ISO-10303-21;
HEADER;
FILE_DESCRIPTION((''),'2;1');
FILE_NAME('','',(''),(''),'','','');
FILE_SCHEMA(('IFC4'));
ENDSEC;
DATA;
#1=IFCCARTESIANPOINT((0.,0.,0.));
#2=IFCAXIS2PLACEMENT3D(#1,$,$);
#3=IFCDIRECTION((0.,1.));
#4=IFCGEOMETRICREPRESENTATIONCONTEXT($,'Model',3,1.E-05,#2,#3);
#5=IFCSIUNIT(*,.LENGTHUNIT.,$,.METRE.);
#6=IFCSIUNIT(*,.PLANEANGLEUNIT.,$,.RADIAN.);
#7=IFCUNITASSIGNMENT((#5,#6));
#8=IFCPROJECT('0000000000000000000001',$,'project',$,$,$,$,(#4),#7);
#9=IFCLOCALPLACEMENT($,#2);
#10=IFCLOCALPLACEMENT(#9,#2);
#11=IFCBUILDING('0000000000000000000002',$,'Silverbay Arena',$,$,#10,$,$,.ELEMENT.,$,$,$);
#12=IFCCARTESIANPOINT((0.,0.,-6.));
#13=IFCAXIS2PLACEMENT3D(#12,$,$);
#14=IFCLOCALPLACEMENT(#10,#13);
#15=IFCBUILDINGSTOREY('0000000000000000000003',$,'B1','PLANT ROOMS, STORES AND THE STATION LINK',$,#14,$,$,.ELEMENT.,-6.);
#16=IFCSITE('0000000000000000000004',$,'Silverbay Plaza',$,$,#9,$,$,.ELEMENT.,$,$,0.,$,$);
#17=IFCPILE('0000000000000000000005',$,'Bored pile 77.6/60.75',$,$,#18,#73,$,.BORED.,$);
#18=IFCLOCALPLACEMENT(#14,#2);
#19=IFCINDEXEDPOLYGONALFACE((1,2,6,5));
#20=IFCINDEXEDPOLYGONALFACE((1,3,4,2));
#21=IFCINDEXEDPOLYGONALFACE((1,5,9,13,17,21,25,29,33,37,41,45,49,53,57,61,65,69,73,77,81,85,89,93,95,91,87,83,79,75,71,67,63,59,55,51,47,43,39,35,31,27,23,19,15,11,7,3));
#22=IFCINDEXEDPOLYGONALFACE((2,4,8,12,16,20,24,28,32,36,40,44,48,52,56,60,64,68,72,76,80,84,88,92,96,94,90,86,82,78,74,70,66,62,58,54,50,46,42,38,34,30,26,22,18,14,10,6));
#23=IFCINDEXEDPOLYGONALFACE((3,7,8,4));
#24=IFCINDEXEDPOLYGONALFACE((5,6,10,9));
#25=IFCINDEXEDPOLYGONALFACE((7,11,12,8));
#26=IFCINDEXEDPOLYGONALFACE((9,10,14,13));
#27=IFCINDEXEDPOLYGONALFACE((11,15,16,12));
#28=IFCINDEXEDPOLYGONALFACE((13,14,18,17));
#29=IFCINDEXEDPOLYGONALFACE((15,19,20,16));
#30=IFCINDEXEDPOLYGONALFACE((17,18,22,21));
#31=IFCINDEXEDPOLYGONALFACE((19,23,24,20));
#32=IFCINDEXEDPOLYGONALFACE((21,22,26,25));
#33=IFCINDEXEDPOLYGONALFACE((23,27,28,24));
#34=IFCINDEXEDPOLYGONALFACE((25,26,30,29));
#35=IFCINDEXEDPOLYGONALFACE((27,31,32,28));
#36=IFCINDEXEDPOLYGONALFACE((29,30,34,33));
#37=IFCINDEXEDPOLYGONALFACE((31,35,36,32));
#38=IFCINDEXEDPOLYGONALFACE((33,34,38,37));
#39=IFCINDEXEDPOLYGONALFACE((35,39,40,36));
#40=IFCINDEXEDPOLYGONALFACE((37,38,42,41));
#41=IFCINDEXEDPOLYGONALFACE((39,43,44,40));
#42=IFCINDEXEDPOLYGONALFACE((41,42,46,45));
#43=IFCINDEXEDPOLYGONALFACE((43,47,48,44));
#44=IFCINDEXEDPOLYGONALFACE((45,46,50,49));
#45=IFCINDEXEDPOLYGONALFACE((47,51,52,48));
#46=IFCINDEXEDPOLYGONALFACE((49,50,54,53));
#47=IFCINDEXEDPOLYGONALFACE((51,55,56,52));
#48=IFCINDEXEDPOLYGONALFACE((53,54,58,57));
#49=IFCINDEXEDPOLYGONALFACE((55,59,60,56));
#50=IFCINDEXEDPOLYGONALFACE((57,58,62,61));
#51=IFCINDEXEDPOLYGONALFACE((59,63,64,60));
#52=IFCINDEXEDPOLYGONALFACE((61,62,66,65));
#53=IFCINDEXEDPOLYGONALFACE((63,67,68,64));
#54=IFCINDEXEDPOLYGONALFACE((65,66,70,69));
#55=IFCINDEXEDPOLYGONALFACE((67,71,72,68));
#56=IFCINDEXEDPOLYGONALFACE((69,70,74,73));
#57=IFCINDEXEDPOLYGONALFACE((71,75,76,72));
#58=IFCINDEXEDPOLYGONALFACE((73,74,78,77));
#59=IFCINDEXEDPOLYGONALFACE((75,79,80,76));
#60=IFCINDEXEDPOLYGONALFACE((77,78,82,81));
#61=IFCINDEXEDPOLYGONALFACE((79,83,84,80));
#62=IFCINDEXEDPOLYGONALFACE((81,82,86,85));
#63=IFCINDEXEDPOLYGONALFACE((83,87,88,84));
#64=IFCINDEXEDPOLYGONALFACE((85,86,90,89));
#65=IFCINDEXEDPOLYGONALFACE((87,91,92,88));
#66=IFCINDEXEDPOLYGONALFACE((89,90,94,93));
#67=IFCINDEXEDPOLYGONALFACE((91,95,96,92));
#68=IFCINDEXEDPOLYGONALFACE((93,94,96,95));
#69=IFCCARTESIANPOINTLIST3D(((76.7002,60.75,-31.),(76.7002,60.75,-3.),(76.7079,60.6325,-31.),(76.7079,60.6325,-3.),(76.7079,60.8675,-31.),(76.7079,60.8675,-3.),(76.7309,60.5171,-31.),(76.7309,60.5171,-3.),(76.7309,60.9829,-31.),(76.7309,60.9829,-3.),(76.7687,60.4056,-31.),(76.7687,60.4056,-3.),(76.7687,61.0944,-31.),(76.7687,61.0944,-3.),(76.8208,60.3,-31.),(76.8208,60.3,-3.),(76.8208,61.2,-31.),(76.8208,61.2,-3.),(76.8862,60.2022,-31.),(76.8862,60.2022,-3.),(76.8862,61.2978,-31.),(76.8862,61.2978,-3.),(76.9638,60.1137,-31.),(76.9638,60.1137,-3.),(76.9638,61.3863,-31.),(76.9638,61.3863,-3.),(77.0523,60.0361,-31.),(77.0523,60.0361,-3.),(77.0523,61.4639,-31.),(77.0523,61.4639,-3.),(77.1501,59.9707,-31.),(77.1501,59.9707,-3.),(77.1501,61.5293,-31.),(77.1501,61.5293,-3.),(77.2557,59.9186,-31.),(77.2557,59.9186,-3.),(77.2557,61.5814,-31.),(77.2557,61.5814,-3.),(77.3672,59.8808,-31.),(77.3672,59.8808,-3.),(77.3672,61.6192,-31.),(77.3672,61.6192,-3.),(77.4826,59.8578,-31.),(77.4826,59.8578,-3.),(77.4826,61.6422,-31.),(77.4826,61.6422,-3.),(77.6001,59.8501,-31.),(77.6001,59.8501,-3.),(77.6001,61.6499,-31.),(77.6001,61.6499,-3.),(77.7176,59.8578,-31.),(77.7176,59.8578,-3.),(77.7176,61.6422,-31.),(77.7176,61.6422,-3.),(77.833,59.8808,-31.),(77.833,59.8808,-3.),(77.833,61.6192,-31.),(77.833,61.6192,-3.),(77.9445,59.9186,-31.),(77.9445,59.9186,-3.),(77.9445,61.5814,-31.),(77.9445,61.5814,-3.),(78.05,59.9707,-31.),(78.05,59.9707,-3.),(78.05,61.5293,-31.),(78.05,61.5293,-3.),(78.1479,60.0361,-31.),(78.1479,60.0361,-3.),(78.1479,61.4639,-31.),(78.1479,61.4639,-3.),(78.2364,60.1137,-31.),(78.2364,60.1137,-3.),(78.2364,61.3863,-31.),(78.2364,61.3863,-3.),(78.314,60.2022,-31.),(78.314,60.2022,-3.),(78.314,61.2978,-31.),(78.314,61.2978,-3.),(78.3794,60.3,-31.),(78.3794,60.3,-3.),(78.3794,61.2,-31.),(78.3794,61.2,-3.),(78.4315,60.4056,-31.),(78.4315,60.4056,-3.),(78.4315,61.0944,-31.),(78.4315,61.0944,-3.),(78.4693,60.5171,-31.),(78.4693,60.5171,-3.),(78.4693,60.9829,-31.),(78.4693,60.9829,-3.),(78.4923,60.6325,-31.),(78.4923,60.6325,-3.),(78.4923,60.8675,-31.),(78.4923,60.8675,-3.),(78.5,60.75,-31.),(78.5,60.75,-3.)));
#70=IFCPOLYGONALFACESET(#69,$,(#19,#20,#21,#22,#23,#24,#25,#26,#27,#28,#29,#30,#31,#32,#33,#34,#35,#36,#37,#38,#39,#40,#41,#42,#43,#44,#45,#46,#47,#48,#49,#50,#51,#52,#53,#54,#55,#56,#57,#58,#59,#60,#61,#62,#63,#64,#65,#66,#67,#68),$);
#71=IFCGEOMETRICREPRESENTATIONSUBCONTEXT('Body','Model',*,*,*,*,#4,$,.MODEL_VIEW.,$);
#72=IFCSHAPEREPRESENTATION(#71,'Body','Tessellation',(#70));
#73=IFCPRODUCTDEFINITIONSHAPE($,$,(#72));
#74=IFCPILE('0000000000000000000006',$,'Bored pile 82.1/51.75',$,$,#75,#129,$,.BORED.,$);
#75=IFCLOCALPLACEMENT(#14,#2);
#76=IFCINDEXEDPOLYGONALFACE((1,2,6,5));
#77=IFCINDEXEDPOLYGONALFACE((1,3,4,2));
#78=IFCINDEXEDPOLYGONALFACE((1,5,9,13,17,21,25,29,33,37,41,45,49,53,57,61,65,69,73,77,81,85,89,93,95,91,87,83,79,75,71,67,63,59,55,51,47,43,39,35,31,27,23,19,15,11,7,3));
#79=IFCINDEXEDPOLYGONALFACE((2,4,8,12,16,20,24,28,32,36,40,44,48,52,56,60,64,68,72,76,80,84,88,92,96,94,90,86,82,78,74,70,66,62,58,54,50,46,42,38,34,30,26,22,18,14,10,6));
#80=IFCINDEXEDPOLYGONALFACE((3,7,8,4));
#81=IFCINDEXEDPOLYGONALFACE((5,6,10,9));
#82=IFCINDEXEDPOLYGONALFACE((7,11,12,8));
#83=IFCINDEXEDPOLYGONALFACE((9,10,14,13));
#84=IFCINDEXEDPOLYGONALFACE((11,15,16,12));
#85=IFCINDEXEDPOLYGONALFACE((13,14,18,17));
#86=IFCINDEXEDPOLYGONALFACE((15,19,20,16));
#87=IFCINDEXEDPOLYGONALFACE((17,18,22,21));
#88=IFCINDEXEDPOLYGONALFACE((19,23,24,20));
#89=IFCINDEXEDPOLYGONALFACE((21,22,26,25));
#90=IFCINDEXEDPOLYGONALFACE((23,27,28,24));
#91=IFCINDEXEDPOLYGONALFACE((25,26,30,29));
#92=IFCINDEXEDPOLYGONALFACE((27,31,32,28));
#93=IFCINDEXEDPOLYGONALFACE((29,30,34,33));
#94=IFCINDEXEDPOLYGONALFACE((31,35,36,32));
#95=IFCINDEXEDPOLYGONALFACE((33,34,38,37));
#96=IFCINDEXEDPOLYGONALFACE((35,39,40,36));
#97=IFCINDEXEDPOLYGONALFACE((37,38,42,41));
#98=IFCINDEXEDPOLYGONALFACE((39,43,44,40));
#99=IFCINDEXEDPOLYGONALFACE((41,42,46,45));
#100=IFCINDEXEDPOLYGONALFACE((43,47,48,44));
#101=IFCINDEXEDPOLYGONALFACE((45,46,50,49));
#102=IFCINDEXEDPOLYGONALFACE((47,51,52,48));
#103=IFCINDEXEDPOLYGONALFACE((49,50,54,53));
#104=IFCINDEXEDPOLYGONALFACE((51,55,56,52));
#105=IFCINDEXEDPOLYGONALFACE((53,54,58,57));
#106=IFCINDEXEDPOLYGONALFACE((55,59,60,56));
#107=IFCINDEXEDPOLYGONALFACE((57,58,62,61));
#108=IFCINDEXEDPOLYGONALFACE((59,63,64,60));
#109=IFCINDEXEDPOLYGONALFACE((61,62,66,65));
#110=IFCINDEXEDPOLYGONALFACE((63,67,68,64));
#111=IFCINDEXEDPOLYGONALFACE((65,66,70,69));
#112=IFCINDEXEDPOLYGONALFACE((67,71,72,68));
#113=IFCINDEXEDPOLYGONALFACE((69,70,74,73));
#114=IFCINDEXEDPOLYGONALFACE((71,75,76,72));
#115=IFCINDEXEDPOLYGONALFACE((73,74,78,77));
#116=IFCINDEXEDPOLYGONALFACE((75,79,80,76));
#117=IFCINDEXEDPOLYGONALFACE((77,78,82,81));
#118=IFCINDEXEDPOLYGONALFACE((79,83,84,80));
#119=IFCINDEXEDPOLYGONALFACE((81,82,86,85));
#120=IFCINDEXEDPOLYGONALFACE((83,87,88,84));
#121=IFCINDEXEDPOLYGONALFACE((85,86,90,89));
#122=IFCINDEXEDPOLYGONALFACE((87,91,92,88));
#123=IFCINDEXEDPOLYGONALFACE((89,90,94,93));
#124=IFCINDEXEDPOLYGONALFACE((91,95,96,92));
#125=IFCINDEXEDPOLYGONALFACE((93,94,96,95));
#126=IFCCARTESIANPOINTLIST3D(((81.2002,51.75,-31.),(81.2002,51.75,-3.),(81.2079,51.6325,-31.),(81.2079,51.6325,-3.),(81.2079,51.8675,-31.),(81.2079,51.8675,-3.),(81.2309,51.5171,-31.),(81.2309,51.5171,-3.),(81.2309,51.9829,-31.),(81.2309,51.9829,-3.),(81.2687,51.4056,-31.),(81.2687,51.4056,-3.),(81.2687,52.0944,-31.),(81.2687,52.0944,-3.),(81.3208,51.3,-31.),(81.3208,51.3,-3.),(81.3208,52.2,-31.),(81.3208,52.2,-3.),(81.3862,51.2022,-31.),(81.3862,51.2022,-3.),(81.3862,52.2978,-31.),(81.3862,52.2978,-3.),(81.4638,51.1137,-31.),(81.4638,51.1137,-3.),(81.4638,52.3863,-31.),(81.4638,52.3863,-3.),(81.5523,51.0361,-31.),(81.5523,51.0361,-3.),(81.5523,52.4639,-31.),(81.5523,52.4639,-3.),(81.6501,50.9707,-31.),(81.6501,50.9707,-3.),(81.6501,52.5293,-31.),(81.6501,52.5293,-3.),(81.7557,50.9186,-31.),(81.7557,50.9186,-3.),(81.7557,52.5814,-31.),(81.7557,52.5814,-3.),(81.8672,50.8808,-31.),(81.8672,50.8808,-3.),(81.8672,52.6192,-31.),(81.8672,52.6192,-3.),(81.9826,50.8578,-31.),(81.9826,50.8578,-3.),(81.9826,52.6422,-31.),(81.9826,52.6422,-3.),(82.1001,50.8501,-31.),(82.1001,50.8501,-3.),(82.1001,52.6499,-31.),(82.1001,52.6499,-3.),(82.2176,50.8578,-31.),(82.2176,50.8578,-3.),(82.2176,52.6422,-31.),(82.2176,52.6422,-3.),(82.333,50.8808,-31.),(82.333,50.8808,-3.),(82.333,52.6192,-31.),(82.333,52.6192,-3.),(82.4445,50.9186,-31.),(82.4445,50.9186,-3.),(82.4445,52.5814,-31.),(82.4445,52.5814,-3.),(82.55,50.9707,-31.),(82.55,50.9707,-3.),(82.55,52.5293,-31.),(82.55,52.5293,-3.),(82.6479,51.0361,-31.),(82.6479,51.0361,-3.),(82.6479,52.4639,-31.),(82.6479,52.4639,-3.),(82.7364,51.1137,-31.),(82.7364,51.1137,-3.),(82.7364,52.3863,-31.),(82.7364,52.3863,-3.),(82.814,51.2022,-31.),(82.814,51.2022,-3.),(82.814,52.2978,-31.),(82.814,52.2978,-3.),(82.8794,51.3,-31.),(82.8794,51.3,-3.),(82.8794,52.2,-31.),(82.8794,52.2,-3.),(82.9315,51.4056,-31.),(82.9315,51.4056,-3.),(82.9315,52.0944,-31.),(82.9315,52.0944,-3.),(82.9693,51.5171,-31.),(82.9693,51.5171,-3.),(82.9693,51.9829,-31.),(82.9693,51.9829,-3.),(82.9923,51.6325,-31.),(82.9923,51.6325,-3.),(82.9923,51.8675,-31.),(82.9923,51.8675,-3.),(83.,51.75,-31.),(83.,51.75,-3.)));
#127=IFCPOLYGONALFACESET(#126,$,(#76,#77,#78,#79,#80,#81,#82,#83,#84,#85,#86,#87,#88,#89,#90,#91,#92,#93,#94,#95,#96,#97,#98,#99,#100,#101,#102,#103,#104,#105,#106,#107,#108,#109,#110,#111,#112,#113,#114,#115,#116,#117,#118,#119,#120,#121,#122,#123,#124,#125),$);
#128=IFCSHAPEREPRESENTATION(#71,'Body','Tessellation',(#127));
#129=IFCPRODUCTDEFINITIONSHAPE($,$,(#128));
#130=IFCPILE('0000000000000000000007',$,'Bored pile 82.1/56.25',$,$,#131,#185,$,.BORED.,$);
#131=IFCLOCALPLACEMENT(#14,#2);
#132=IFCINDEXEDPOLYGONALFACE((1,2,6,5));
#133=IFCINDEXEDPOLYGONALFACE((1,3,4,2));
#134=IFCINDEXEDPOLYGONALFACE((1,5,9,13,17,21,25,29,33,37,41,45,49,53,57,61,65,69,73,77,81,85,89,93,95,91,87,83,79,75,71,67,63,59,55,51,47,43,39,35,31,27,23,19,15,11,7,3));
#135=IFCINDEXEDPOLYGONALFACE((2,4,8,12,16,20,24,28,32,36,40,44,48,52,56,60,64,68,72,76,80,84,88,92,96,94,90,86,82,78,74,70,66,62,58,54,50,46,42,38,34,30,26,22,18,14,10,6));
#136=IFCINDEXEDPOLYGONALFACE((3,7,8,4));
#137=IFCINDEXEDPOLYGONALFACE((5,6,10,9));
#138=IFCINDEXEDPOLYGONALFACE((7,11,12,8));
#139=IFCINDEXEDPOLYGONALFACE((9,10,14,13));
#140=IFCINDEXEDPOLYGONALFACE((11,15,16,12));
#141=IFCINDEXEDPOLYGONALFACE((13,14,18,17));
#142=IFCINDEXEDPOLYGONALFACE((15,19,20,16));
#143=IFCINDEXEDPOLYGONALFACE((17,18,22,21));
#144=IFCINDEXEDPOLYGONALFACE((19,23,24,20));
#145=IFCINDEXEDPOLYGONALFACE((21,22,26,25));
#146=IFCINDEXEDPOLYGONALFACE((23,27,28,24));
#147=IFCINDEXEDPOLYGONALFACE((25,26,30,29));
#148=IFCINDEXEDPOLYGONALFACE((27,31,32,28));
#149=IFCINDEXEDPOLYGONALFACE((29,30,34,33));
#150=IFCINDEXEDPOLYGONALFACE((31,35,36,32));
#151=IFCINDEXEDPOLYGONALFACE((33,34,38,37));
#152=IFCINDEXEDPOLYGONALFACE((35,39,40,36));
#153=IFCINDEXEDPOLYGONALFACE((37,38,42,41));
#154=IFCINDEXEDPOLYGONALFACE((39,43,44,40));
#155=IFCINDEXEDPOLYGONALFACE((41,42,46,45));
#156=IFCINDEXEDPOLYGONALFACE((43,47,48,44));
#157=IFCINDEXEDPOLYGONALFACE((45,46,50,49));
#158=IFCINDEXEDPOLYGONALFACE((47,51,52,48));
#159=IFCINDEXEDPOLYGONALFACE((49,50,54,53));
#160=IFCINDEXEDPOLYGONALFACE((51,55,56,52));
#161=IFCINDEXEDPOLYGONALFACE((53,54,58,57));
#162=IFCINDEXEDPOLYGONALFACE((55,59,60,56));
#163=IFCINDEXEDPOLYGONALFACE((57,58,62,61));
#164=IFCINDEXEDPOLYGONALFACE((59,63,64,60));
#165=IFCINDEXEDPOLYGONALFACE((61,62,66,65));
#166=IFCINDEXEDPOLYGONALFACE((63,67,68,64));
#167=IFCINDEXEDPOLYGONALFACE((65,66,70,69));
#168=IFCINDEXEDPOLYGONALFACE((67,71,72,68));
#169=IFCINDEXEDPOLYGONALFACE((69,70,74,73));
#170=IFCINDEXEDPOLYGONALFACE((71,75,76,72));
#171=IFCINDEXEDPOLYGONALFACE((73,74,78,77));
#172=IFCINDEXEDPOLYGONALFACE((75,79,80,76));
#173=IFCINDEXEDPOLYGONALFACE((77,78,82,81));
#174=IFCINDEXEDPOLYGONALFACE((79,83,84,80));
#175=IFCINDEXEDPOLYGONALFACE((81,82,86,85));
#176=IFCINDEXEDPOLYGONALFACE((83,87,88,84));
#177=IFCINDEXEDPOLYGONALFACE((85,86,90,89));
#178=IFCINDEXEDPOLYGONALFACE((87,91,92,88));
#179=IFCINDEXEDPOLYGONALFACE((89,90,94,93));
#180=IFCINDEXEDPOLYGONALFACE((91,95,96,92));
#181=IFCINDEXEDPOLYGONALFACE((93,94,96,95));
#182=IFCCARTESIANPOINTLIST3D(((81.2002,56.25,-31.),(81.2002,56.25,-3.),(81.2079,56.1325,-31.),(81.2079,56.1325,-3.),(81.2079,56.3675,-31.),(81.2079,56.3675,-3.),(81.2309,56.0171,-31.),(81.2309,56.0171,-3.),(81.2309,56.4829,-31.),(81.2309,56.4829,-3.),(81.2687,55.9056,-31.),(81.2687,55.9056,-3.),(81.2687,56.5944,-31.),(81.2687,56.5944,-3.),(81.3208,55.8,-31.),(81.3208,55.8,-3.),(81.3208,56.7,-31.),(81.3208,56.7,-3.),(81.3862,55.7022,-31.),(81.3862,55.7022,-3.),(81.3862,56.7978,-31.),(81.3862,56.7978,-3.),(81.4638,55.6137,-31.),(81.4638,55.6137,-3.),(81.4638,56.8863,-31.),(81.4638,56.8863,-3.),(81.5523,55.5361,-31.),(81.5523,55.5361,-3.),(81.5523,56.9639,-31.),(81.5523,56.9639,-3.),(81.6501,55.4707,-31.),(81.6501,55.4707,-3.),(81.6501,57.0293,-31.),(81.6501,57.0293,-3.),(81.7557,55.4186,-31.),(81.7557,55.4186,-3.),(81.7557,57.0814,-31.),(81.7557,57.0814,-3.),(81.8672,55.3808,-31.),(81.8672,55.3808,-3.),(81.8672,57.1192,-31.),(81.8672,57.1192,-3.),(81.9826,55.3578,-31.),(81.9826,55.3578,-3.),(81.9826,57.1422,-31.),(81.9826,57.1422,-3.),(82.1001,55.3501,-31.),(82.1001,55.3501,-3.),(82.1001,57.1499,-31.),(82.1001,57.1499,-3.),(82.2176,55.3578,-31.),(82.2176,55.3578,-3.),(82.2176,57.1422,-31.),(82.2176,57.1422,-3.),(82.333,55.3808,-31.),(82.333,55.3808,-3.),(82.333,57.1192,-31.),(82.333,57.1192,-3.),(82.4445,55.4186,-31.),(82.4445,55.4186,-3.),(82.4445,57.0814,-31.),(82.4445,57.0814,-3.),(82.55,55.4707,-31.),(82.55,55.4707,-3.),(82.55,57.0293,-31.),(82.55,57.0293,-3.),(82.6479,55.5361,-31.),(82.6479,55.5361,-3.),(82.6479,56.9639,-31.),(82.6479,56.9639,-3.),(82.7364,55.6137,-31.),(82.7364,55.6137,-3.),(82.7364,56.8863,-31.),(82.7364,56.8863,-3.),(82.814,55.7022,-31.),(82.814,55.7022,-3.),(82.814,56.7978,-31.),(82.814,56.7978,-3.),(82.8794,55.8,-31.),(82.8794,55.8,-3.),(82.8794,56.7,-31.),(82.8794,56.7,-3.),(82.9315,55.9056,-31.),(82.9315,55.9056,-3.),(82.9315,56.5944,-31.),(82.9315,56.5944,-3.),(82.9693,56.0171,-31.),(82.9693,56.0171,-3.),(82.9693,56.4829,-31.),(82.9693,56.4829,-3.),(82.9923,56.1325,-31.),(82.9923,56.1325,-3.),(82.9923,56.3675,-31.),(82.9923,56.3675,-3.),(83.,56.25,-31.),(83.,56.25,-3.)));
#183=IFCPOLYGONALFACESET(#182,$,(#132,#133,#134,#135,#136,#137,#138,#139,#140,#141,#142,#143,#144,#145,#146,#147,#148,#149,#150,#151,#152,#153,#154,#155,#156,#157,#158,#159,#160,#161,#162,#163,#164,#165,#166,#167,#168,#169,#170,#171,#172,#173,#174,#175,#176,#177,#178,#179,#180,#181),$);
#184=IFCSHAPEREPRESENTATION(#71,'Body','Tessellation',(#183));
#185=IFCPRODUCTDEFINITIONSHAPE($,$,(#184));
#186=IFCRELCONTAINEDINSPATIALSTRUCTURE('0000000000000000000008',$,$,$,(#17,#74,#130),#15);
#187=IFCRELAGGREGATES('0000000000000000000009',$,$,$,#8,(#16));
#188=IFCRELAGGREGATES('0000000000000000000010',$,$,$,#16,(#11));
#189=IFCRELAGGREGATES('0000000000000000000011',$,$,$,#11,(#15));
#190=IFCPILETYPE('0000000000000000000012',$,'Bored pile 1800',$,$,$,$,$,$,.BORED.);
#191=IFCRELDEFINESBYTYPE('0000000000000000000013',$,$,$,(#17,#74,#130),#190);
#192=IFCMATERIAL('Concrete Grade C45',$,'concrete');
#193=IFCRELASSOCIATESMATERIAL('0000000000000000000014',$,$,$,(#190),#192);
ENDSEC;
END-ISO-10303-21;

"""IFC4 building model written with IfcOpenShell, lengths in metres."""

from ifc_helpers import new_model, si_unit, direction, frame, origin, origin_2d, place, context, subcontext, project, spatial, circle, extrude, material, material_profile, profile_set, type_object, element, save


model = new_model("IFC4")

# Units and contexts
model_context = context("Model", 3, precision=1e-05, world=origin(), true_north=direction((0.0, 1.0)))
body_context = subcontext(model_context, "Body", "Model", "MODEL_VIEW")
ifc_project = project(units=[si_unit("LENGTHUNIT", "METRE"), si_unit("PLANEANGLEUNIT", "RADIAN")], contexts=[model_context])

# Site, building, storey
site_placement = place(None, origin())
site = spatial("IfcSite", under=ifc_project, at=site_placement, Name="Silverbay Plaza", CompositionType="ELEMENT", RefElevation=0.0)
building_placement = place(site_placement, origin())
building = spatial("IfcBuilding", under=site, at=building_placement, Name="Silverbay Arena", CompositionType="ELEMENT")
storey_placement = place(building_placement, frame((0.0, 0.0, -6.0)))
storey = spatial("IfcBuildingStorey", under=building, at=storey_placement, Name="B1", Description="PLANT ROOMS, STORES AND THE STATION LINK", CompositionType="ELEMENT", Elevation=-6.0)

# Piles
ifc_material_1 = material(Name="Concrete Grade C45", Category="concrete")
ifc_material_profile_1 = material_profile(ifc_material_1, circle(Radius=0.8999, at=origin_2d()), Name="Bored pile 1800")
ifc_profile_set_1 = profile_set([ifc_material_profile_1], Name="Concrete Grade C45")
pile_type_1 = type_object("IfcPileType", Name="Bored pile 1800", PredefinedType="BORED", material=ifc_profile_set_1)
for number, where, z_axis, x_axis, name in (
    (1, (77.6001, 60.75, -3.0), (0.0, 0.0, -1.0), (1.0, 0.0, 0.0), "Bored pile 77.6/60.75"),
    (2, (82.1001, 51.75, -3.0), (0.0, 0.0, -1.0), (1.0, 0.0, 0.0), "Bored pile 82.1/51.75"),
    (3, (82.1001, 56.25, -3.0), (0.0, 0.0, -1.0), (1.0, 0.0, 0.0), "Bored pile 82.1/56.25"),
):
    element("IfcPile", number, at=place(storey_placement, frame(where, z_axis=z_axis, x_axis=x_axis)), inside=storey, type_object=pile_type_1, Name=name, PredefinedType="BORED", context=body_context, shape_type="SweptSolid", body=[
        extrude(circle(Radius=0.8999, at=origin_2d()), origin(), (0.0, 0.0, 1.0), 28.0),
    ])

save(model, "model.ifc")
